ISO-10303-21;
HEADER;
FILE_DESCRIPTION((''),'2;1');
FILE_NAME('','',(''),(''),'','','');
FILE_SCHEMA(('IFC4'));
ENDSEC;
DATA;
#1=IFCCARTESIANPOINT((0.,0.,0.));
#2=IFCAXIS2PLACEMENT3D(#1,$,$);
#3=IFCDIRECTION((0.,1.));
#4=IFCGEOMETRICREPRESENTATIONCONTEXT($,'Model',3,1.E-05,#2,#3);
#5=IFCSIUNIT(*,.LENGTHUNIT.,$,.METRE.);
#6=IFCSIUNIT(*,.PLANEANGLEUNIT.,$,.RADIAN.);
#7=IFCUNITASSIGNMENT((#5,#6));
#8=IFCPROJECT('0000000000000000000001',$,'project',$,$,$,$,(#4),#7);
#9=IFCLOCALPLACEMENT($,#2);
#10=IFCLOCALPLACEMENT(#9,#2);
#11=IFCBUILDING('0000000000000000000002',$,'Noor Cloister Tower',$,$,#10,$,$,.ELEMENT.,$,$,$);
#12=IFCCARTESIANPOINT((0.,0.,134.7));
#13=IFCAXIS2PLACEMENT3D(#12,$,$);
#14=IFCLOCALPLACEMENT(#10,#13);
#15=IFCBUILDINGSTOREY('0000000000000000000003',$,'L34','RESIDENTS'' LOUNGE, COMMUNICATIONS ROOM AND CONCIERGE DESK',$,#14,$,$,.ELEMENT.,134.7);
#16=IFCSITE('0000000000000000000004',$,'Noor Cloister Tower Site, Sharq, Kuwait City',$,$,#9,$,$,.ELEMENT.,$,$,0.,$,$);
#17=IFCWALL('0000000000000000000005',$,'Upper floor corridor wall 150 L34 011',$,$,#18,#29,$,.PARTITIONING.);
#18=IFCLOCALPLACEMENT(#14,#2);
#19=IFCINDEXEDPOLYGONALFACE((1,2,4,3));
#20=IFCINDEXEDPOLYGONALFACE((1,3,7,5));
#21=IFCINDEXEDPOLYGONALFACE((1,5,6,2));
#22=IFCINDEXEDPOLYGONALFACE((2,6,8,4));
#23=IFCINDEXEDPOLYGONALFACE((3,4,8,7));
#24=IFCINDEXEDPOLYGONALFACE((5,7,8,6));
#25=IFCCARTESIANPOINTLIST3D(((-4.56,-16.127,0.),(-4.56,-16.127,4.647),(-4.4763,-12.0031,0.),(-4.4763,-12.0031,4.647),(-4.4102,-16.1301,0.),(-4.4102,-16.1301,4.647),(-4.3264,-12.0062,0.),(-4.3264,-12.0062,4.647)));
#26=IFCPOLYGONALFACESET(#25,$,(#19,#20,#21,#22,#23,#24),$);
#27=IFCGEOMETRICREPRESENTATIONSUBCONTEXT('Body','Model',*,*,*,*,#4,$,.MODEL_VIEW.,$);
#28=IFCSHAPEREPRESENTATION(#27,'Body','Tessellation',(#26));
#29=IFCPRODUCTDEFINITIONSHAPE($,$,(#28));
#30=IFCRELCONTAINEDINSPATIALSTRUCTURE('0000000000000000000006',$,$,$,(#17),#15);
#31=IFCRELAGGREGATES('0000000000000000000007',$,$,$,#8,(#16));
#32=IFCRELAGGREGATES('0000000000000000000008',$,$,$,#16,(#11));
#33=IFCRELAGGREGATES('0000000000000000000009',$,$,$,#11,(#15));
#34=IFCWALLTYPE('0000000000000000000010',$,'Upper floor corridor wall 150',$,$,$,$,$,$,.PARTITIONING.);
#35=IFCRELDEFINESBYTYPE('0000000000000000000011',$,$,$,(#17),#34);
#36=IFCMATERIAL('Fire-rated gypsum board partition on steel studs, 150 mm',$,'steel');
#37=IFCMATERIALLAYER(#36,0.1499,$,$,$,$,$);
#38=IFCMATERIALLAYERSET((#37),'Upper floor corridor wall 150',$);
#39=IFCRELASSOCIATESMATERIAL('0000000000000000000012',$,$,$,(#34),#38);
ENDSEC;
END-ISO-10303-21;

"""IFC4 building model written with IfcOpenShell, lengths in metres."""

from ifc_helpers import new_model, si_unit, direction, frame, frame_2d, origin, place, context, subcontext, project, spatial, rectangle, extrude, material, layer, layer_set, type_object, element, save


model = new_model("IFC4")

# Units and contexts
model_context = context("Model", 3, precision=1e-05, world=origin(), true_north=direction((0.0, 1.0)))
body_context = subcontext(model_context, "Body", "Model", "MODEL_VIEW")
ifc_project = project(units=[si_unit("LENGTHUNIT", "METRE"), si_unit("PLANEANGLEUNIT", "RADIAN")], contexts=[model_context])

# Site, building, storey
site_placement = place(None, origin())
site = spatial("IfcSite", under=ifc_project, at=site_placement, Name="Noor Cloister Tower Site, Sharq, Kuwait City", CompositionType="ELEMENT", RefElevation=0.0)
building_placement = place(site_placement, origin())
building = spatial("IfcBuilding", under=site, at=building_placement, Name="Noor Cloister Tower", CompositionType="ELEMENT")
storey_placement = place(building_placement, frame((0.0, 0.0, 134.7)))
storey = spatial("IfcBuildingStorey", under=building, at=storey_placement, Name="L34", Description="RESIDENTS' LOUNGE, COMMUNICATIONS ROOM AND CONCIERGE DESK", CompositionType="ELEMENT", Elevation=134.7)

# Wall
ifc_material_1 = material(Name="Fire-rated gypsum board partition on steel studs, 150 mm", Category="steel")
ifc_layer_1 = layer(ifc_material_1, 0.1499)
ifc_layer_set_1 = layer_set([ifc_layer_1], Name="Upper floor corridor wall 150")
wall_type_1 = type_object("IfcWallType", Name="Upper floor corridor wall 150", PredefinedType="PARTITIONING", material=ifc_layer_set_1)
wall_1_placement = place(storey_placement, frame((-4.4851, -16.1287, 0.0), z_axis=(0.0, 0.0, 1.0), x_axis=(0.020301, 0.999794, 0.0)))
element("IfcWall", 1, at=wall_1_placement, inside=storey, type_object=wall_type_1, Name="Upper floor corridor wall 150 L34 011", PredefinedType="PARTITIONING", context=body_context, shape_type="SweptSolid", body=[
    extrude(rectangle(XDim=4.1248, YDim=0.1499, at=frame_2d((2.0625, 0.0))), origin(), (0.0, 0.0, 1.0), 4.647),
])

save(model, "model.ifc")
